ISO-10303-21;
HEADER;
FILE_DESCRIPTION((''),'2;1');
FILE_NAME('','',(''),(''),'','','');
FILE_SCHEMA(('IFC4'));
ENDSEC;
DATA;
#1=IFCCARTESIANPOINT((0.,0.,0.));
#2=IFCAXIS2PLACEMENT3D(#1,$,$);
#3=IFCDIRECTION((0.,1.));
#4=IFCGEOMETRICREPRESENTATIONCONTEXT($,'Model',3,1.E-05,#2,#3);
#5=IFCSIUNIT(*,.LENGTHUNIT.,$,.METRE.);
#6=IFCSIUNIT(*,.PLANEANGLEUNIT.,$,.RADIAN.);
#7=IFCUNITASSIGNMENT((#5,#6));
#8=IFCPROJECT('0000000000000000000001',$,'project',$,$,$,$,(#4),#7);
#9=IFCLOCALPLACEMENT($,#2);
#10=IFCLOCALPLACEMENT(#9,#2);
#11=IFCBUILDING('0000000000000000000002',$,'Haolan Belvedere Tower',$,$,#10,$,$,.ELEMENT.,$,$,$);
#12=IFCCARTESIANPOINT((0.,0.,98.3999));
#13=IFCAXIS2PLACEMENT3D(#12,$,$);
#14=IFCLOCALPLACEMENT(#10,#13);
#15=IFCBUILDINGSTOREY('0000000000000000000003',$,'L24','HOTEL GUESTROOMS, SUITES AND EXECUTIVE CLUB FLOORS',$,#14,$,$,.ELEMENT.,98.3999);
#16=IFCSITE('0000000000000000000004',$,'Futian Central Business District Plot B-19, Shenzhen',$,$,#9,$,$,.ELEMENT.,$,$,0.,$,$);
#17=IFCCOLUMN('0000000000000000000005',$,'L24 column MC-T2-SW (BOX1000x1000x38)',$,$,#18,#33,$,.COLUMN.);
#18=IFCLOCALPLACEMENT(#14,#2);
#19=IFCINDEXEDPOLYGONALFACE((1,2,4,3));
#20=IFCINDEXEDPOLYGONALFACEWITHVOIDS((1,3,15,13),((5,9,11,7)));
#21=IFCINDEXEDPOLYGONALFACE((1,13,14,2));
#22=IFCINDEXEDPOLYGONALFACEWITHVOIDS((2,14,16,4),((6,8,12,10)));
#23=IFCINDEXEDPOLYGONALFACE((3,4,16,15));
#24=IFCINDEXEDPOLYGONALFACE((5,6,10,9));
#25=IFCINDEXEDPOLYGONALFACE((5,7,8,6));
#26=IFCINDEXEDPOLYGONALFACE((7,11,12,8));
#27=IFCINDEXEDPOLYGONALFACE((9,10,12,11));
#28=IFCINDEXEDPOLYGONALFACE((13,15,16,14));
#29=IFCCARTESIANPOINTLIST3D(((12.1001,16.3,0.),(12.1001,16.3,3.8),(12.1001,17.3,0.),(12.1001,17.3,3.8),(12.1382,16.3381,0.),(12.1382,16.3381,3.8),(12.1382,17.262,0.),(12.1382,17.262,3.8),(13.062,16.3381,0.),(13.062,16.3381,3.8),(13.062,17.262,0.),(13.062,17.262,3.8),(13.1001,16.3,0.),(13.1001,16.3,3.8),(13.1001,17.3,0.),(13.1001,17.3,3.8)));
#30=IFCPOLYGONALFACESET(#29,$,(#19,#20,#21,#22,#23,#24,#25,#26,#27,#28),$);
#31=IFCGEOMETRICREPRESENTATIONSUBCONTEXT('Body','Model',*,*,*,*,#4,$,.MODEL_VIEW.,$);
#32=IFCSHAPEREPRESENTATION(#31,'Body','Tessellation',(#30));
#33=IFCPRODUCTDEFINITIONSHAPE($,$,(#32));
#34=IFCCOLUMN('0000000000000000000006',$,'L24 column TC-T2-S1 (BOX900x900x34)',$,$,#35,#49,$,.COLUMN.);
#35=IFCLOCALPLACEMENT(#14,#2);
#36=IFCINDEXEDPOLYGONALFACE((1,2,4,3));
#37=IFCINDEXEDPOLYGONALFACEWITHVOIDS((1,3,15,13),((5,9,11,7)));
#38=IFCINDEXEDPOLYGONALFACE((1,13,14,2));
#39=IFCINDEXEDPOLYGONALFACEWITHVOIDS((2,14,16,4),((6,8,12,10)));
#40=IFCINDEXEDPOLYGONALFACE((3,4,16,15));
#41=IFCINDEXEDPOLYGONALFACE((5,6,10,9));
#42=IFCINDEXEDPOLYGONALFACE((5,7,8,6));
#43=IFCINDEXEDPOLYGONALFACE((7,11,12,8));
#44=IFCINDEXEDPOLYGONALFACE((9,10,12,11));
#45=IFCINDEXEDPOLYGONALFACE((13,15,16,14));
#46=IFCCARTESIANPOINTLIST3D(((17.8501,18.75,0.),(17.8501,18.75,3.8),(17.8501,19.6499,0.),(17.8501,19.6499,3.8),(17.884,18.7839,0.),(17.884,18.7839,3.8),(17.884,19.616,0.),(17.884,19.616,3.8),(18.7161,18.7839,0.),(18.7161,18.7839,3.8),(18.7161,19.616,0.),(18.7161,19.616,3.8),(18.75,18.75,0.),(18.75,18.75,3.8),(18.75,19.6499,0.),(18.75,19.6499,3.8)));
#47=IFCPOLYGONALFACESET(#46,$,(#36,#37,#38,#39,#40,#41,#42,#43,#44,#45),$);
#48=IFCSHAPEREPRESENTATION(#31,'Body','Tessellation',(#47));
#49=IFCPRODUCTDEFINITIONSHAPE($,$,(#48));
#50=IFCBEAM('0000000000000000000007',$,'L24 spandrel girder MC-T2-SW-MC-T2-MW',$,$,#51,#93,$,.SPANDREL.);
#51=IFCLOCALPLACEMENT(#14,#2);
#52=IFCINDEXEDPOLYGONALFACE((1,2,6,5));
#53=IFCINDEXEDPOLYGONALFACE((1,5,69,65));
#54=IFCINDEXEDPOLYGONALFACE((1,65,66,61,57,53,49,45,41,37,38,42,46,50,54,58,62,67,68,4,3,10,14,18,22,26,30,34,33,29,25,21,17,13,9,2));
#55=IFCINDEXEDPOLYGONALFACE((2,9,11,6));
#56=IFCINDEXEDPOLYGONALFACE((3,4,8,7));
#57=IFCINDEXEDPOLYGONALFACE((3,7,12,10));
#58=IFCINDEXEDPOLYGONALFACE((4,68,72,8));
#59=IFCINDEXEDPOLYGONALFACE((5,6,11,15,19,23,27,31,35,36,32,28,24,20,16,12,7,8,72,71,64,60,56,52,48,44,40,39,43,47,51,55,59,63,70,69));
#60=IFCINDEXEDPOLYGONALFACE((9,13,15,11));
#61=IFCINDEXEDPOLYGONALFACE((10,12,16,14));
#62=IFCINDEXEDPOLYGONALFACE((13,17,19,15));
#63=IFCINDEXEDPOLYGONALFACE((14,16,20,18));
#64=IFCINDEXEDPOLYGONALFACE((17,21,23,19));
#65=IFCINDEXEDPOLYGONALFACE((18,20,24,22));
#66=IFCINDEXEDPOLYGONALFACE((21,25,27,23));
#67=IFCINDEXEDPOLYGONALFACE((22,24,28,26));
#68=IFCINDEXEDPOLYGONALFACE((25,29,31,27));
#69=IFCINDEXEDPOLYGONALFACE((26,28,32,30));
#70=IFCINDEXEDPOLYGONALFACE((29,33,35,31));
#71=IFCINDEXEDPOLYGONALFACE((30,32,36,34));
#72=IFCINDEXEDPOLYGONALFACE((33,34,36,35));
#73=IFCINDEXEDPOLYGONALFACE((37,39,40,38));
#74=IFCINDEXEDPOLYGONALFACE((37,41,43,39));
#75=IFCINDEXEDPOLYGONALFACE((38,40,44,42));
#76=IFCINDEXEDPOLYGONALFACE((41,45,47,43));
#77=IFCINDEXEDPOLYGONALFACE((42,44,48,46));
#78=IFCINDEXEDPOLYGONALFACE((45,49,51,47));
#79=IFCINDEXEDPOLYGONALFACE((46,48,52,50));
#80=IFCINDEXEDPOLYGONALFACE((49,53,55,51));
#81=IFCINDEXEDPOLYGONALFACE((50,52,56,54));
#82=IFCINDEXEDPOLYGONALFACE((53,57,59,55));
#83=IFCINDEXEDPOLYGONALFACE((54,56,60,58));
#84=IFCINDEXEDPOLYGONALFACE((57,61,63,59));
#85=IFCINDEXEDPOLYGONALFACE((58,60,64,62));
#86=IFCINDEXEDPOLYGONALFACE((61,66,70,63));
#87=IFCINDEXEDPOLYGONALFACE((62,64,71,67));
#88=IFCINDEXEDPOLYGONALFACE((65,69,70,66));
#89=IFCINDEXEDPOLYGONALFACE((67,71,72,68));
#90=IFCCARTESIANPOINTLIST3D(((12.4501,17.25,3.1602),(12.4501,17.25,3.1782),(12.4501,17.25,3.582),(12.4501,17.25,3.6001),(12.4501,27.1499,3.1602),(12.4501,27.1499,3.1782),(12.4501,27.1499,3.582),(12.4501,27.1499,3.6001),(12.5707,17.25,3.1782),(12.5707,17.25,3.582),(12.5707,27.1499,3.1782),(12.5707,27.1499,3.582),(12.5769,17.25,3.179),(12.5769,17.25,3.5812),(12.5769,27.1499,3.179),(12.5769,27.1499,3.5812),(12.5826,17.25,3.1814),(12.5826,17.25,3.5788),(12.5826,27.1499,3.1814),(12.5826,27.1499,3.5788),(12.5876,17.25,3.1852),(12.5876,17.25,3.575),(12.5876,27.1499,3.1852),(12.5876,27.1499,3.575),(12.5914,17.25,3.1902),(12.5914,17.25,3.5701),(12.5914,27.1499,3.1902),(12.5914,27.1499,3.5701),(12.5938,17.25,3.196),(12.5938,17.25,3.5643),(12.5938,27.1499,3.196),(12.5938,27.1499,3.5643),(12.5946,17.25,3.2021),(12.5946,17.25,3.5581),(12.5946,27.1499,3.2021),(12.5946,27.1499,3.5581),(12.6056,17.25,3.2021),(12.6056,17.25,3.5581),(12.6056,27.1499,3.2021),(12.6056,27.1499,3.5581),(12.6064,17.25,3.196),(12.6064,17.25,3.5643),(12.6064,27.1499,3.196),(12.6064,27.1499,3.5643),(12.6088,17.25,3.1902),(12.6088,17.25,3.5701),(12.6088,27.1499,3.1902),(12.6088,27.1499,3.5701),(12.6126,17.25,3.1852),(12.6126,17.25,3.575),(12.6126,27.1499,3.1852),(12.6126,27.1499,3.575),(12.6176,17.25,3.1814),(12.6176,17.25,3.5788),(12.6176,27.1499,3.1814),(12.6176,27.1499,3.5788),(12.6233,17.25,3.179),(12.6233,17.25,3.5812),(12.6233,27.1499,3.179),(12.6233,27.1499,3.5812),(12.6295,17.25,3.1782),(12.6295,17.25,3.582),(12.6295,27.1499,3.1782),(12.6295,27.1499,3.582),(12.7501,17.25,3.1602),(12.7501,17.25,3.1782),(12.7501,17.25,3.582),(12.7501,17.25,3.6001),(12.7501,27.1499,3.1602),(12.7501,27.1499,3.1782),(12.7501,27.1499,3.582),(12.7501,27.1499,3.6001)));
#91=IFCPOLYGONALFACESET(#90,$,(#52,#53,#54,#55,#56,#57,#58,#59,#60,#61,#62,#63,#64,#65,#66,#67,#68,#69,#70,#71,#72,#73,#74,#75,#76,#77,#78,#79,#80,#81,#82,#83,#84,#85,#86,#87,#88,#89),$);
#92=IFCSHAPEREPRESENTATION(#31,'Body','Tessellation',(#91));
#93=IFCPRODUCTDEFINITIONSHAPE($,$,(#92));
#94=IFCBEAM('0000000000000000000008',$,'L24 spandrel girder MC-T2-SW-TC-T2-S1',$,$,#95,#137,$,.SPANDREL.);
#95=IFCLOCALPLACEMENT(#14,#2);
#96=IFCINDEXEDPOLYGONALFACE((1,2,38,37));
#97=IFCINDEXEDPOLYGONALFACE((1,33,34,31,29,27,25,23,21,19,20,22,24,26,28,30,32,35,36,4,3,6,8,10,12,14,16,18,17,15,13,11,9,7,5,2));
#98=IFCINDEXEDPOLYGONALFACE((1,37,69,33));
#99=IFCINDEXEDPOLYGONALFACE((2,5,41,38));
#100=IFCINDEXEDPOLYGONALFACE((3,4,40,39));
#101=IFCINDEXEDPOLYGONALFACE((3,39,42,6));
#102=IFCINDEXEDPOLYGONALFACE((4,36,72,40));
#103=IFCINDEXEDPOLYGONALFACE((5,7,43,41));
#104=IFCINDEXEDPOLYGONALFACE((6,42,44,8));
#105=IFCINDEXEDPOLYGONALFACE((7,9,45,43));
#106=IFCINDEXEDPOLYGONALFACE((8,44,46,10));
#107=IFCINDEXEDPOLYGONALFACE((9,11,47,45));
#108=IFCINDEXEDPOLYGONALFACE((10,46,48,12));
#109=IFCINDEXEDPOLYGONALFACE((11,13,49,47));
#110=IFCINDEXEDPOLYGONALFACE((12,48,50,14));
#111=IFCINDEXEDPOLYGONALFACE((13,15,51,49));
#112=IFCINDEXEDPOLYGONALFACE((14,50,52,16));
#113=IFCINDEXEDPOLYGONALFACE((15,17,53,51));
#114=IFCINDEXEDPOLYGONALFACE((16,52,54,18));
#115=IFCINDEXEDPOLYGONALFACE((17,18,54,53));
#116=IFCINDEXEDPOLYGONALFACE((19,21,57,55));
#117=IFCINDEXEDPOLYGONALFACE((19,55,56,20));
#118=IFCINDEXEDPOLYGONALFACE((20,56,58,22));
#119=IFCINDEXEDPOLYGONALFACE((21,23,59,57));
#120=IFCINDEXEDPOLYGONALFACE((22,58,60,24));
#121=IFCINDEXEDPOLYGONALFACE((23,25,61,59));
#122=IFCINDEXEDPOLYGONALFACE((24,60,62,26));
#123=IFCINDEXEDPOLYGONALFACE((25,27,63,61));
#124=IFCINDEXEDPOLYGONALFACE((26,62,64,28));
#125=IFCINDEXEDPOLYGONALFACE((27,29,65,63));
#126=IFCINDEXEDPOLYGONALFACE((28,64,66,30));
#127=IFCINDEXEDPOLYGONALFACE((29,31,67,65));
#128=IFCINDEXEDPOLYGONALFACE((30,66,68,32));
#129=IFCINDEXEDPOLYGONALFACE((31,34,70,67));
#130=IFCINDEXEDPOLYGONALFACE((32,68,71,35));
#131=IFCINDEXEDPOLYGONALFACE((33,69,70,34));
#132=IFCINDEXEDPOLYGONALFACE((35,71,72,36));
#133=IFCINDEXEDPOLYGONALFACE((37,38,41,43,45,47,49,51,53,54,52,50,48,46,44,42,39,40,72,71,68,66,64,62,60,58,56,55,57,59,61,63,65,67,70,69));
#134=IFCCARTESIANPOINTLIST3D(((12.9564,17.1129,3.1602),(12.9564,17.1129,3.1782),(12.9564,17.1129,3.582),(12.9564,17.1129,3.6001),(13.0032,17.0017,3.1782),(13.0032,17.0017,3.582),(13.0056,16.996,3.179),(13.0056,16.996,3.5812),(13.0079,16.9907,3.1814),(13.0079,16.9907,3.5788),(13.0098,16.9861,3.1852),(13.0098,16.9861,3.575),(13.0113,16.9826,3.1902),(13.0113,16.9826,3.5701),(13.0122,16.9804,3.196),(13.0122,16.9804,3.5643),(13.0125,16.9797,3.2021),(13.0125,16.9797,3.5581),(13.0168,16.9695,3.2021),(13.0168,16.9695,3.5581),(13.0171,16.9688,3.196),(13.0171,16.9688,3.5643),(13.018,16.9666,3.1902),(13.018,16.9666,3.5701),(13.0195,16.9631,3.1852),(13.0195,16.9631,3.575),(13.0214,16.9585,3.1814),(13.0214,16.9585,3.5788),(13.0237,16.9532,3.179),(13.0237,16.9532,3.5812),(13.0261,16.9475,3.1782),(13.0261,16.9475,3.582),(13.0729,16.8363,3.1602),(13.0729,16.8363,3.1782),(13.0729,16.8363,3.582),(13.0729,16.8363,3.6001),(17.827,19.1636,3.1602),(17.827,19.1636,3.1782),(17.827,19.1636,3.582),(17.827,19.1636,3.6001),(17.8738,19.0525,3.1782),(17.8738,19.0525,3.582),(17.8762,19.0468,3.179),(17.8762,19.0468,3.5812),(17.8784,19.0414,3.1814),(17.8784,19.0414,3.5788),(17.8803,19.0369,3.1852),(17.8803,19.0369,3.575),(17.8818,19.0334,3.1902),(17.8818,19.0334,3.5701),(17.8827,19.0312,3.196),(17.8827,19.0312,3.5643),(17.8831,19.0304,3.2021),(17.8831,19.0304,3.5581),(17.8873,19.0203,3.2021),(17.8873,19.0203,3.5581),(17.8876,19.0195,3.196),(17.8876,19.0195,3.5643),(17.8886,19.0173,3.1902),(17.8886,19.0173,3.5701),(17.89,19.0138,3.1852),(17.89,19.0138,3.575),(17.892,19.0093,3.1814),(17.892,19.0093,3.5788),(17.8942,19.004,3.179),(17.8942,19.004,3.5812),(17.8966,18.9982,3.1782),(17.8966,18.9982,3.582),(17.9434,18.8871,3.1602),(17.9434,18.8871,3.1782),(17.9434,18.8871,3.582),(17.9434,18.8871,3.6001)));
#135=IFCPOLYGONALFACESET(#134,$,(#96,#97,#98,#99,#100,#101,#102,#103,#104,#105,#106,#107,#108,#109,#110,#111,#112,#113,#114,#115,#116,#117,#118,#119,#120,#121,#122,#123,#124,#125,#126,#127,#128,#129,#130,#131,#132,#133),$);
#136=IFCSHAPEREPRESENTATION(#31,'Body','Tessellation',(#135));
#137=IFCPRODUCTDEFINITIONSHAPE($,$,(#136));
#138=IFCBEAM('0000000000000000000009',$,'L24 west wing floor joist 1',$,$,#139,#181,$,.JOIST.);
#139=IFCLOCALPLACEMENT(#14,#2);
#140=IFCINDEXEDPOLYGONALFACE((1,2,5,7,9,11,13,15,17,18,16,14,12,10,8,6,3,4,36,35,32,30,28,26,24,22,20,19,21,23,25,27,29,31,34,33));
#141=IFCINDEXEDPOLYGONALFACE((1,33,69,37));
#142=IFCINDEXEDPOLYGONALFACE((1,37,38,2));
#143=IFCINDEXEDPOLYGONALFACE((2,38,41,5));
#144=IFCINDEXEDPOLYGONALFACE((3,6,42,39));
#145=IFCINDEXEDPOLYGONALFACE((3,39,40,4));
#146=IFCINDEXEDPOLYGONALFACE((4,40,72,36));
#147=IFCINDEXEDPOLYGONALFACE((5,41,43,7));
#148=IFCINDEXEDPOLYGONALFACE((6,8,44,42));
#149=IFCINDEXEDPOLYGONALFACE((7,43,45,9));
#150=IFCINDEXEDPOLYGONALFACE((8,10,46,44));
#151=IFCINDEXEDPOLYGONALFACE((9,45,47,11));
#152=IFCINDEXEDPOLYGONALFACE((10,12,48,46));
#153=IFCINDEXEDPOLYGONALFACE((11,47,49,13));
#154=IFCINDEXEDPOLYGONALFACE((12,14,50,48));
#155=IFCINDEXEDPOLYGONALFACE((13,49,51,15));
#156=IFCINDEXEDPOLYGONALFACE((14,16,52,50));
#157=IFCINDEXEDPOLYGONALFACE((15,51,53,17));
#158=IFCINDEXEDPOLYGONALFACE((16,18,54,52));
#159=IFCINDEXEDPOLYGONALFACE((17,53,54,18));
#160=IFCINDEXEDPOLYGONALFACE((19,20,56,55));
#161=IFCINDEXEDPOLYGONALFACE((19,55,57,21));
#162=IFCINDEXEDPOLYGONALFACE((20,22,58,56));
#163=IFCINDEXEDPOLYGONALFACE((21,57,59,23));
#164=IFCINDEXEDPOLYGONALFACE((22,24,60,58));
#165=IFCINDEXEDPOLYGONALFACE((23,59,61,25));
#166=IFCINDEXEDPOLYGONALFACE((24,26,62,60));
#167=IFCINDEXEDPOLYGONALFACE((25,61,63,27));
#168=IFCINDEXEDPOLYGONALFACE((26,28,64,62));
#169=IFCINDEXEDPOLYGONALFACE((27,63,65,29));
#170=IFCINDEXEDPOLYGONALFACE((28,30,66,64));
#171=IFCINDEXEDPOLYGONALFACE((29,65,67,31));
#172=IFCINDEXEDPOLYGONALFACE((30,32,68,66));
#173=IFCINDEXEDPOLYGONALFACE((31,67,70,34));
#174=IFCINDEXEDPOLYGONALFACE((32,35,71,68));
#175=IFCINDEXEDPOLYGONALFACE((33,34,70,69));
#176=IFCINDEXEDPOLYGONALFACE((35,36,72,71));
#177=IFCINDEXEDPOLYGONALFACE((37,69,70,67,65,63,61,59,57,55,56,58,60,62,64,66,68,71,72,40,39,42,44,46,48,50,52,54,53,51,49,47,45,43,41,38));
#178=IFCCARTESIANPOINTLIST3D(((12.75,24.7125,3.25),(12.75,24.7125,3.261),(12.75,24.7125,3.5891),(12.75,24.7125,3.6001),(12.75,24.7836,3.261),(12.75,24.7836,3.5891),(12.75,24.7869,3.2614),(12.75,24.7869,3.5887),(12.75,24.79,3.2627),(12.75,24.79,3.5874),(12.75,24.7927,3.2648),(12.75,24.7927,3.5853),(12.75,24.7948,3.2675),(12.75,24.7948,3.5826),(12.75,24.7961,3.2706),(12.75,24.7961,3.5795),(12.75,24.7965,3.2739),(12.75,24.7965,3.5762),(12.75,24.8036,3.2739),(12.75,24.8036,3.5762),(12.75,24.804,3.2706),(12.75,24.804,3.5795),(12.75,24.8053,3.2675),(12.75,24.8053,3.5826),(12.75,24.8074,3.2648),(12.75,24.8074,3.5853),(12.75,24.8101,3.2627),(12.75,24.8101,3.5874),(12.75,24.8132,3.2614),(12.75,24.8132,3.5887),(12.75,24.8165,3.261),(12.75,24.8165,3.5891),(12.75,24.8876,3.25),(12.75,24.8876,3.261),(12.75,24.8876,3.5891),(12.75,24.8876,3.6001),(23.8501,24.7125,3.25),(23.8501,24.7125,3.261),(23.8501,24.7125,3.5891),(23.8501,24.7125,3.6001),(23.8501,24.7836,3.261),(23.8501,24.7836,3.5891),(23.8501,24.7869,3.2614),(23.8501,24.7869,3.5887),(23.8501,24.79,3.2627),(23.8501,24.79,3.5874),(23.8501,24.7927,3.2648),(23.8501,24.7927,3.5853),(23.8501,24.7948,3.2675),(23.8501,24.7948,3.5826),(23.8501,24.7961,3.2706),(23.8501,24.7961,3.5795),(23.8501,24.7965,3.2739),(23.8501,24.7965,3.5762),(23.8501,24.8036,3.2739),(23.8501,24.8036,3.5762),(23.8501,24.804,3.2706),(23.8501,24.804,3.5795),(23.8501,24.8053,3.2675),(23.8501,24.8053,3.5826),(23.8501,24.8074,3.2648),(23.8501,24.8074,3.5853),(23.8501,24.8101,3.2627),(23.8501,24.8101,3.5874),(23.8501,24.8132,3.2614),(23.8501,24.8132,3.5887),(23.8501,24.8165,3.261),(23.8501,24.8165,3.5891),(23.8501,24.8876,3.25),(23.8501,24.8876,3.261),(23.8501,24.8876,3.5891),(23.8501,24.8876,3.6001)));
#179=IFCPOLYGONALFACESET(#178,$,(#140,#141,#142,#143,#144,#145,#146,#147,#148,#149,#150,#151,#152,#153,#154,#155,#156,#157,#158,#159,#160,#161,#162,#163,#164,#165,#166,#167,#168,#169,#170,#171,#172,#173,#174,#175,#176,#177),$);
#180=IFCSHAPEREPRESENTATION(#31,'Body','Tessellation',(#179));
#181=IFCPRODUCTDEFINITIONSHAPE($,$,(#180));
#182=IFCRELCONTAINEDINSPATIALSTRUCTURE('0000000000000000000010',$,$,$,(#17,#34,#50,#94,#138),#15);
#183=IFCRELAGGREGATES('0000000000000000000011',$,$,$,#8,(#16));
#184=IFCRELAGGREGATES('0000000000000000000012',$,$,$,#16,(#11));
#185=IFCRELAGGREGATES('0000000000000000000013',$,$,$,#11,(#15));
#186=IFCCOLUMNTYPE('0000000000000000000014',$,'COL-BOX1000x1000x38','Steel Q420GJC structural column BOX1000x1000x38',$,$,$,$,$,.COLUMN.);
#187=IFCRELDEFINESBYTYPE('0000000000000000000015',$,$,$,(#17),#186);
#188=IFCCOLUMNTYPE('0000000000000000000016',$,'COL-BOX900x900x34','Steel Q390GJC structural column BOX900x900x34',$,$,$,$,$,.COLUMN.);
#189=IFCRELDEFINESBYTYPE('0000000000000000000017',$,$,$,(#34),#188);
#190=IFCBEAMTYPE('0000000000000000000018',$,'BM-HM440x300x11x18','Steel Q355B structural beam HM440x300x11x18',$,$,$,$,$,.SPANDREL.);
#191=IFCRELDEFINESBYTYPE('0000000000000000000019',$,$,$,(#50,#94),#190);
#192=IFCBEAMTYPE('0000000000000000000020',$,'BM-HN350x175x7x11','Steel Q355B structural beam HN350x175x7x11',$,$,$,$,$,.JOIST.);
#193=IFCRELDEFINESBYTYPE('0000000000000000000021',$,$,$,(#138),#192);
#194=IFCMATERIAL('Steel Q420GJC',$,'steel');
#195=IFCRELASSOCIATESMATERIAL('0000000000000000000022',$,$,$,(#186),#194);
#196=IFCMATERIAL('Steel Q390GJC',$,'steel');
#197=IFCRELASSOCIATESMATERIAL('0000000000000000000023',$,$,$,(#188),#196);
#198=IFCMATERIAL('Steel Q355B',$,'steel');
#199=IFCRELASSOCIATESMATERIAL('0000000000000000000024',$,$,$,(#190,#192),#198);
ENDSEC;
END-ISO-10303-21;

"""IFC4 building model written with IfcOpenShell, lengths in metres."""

from ifc_helpers import new_model, si_unit, direction, frame, origin, origin_2d, place, context, subcontext, project, spatial, hollow_rectangle, i_section, extrude, material, material_profile, profile_set, type_object, element, save


model = new_model("IFC4")

# Units and contexts
model_context = context("Model", 3, precision=1e-05, world=origin(), true_north=direction((0.0, 1.0)))
body_context = subcontext(model_context, "Body", "Model", "MODEL_VIEW")
ifc_project = project(units=[si_unit("LENGTHUNIT", "METRE"), si_unit("PLANEANGLEUNIT", "RADIAN")], contexts=[model_context])

# Site, building, storey
site_placement = place(None, origin())
site = spatial("IfcSite", under=ifc_project, at=site_placement, Name="Futian Central Business District Plot B-19, Shenzhen", CompositionType="ELEMENT", RefElevation=0.0)
building_placement = place(site_placement, origin())
building = spatial("IfcBuilding", under=site, at=building_placement, Name="Haolan Belvedere Tower", CompositionType="ELEMENT")
storey_placement = place(building_placement, frame((0.0, 0.0, 98.3999)))
storey = spatial("IfcBuildingStorey", under=building, at=storey_placement, Name="L24", Description="HOTEL GUESTROOMS, SUITES AND EXECUTIVE CLUB FLOORS", CompositionType="ELEMENT", Elevation=98.3999)

# Columns
ifc_material_1 = material(Name="Steel Q420GJC", Category="steel")
ifc_material_profile_1 = material_profile(ifc_material_1, hollow_rectangle(XDim=1.0, YDim=1.0, WallThickness=0.0381, at=origin_2d()), Name="Steel Q420GJC")
ifc_profile_set_1 = profile_set([ifc_material_profile_1], Name="Steel Q420GJC")
column_type_1 = type_object("IfcColumnType", Name="COL-BOX1000x1000x38", Description="Steel Q420GJC structural column BOX1000x1000x38", PredefinedType="COLUMN", material=ifc_profile_set_1)
column_1_placement = place(storey_placement, frame((12.6001, 16.8, 0.0), z_axis=(0.0, 0.0, 1.0), x_axis=(1.0, 0.0, 0.0)))
element("IfcColumn", 1, at=column_1_placement, inside=storey, type_object=column_type_1, Name="L24 column MC-T2-SW (BOX1000x1000x38)", PredefinedType="COLUMN", context=body_context, shape_type="SweptSolid", body=[
    extrude(hollow_rectangle(XDim=1.0, YDim=1.0, WallThickness=0.0381, at=origin_2d()), origin(), (0.0, 0.0, 1.0), 3.8),
])
ifc_material_2 = material(Name="Steel Q390GJC", Category="steel")
ifc_material_profile_2 = material_profile(ifc_material_2, hollow_rectangle(XDim=0.8999, YDim=0.8999, WallThickness=0.0339, at=origin_2d()), Name="Steel Q390GJC")
ifc_profile_set_2 = profile_set([ifc_material_profile_2], Name="Steel Q390GJC")
column_type_2 = type_object("IfcColumnType", Name="COL-BOX900x900x34", Description="Steel Q390GJC structural column BOX900x900x34", PredefinedType="COLUMN", material=ifc_profile_set_2)
column_2_placement = place(storey_placement, frame((18.3, 19.2, 0.0), z_axis=(0.0, 0.0, 1.0), x_axis=(1.0, 0.0, 0.0)))
element("IfcColumn", 2, at=column_2_placement, inside=storey, type_object=column_type_2, Name="L24 column TC-T2-S1 (BOX900x900x34)", PredefinedType="COLUMN", context=body_context, shape_type="SweptSolid", body=[
    extrude(hollow_rectangle(XDim=0.8999, YDim=0.8999, WallThickness=0.0339, at=origin_2d()), origin(), (0.0, 0.0, 1.0), 3.8),
])

# Beams
ifc_material_3 = material(Name="Steel Q355B", Category="steel")
ifc_material_profile_3 = material_profile(ifc_material_3, i_section(OverallWidth=0.3, OverallDepth=0.4399, WebThickness=0.011, FlangeThickness=0.0181, FilletRadius=0.0239, at=origin_2d()), Name="Steel Q355B")
ifc_profile_set_3 = profile_set([ifc_material_profile_3], Name="Steel Q355B")
beam_type_1 = type_object("IfcBeamType", Name="BM-HM440x300x11x18", Description="Steel Q355B structural beam HM440x300x11x18", PredefinedType="SPANDREL", material=ifc_profile_set_3)
beam_1_placement = place(storey_placement, frame((12.6001, 17.25, 3.3801), z_axis=(0.0, 1.0, 0.0), x_axis=(-1.0, 0.0, 0.0)))
element("IfcBeam", 3, at=beam_1_placement, inside=storey, type_object=beam_type_1, Name="L24 spandrel girder MC-T2-SW-MC-T2-MW", PredefinedType="SPANDREL", context=body_context, shape_type="SweptSolid", body=[
    extrude(i_section(OverallWidth=0.3, OverallDepth=0.4399, WebThickness=0.011, FlangeThickness=0.0181, FilletRadius=0.0239, at=origin_2d()), origin(), (0.0, 0.0, 1.0), 9.8999),
])
beam_2_placement = place(storey_placement, frame((13.0146, 16.9746, 3.3801), z_axis=(0.921635, 0.388057, 0.0), x_axis=(-0.388057, 0.921635, 0.0)))
element("IfcBeam", 4, at=beam_2_placement, inside=storey, type_object=beam_type_1, Name="L24 spandrel girder MC-T2-SW-TC-T2-S1", PredefinedType="SPANDREL", context=body_context, shape_type="SweptSolid", body=[
    extrude(i_section(OverallWidth=0.3, OverallDepth=0.4399, WebThickness=0.011, FlangeThickness=0.0181, FilletRadius=0.0239, at=origin_2d()), origin(), (0.0, 0.0, 1.0), 5.2847),
])
ifc_material_profile_4 = material_profile(ifc_material_3, i_section(OverallWidth=0.175, OverallDepth=0.3501, WebThickness=0.0071, FlangeThickness=0.011, FilletRadius=0.0129, at=origin_2d()), Name="Steel Q355B")
ifc_profile_set_4 = profile_set([ifc_material_profile_4], Name="Steel Q355B")
beam_type_2 = type_object("IfcBeamType", Name="BM-HN350x175x7x11", Description="Steel Q355B structural beam HN350x175x7x11", PredefinedType="JOIST", material=ifc_profile_set_4)
beam_3_placement = place(storey_placement, frame((12.75, 24.8, 3.425), z_axis=(1.0, 0.0, 0.0), x_axis=(0.0, 1.0, 0.0)))
element("IfcBeam", 5, at=beam_3_placement, inside=storey, type_object=beam_type_2, Name="L24 west wing floor joist 1", PredefinedType="JOIST", context=body_context, shape_type="SweptSolid", body=[
    extrude(i_section(OverallWidth=0.175, OverallDepth=0.3501, WebThickness=0.0071, FlangeThickness=0.011, FilletRadius=0.0129, at=origin_2d()), origin(), (0.0, 0.0, 1.0), 11.1001),
])

save(model, "model.ifc")
